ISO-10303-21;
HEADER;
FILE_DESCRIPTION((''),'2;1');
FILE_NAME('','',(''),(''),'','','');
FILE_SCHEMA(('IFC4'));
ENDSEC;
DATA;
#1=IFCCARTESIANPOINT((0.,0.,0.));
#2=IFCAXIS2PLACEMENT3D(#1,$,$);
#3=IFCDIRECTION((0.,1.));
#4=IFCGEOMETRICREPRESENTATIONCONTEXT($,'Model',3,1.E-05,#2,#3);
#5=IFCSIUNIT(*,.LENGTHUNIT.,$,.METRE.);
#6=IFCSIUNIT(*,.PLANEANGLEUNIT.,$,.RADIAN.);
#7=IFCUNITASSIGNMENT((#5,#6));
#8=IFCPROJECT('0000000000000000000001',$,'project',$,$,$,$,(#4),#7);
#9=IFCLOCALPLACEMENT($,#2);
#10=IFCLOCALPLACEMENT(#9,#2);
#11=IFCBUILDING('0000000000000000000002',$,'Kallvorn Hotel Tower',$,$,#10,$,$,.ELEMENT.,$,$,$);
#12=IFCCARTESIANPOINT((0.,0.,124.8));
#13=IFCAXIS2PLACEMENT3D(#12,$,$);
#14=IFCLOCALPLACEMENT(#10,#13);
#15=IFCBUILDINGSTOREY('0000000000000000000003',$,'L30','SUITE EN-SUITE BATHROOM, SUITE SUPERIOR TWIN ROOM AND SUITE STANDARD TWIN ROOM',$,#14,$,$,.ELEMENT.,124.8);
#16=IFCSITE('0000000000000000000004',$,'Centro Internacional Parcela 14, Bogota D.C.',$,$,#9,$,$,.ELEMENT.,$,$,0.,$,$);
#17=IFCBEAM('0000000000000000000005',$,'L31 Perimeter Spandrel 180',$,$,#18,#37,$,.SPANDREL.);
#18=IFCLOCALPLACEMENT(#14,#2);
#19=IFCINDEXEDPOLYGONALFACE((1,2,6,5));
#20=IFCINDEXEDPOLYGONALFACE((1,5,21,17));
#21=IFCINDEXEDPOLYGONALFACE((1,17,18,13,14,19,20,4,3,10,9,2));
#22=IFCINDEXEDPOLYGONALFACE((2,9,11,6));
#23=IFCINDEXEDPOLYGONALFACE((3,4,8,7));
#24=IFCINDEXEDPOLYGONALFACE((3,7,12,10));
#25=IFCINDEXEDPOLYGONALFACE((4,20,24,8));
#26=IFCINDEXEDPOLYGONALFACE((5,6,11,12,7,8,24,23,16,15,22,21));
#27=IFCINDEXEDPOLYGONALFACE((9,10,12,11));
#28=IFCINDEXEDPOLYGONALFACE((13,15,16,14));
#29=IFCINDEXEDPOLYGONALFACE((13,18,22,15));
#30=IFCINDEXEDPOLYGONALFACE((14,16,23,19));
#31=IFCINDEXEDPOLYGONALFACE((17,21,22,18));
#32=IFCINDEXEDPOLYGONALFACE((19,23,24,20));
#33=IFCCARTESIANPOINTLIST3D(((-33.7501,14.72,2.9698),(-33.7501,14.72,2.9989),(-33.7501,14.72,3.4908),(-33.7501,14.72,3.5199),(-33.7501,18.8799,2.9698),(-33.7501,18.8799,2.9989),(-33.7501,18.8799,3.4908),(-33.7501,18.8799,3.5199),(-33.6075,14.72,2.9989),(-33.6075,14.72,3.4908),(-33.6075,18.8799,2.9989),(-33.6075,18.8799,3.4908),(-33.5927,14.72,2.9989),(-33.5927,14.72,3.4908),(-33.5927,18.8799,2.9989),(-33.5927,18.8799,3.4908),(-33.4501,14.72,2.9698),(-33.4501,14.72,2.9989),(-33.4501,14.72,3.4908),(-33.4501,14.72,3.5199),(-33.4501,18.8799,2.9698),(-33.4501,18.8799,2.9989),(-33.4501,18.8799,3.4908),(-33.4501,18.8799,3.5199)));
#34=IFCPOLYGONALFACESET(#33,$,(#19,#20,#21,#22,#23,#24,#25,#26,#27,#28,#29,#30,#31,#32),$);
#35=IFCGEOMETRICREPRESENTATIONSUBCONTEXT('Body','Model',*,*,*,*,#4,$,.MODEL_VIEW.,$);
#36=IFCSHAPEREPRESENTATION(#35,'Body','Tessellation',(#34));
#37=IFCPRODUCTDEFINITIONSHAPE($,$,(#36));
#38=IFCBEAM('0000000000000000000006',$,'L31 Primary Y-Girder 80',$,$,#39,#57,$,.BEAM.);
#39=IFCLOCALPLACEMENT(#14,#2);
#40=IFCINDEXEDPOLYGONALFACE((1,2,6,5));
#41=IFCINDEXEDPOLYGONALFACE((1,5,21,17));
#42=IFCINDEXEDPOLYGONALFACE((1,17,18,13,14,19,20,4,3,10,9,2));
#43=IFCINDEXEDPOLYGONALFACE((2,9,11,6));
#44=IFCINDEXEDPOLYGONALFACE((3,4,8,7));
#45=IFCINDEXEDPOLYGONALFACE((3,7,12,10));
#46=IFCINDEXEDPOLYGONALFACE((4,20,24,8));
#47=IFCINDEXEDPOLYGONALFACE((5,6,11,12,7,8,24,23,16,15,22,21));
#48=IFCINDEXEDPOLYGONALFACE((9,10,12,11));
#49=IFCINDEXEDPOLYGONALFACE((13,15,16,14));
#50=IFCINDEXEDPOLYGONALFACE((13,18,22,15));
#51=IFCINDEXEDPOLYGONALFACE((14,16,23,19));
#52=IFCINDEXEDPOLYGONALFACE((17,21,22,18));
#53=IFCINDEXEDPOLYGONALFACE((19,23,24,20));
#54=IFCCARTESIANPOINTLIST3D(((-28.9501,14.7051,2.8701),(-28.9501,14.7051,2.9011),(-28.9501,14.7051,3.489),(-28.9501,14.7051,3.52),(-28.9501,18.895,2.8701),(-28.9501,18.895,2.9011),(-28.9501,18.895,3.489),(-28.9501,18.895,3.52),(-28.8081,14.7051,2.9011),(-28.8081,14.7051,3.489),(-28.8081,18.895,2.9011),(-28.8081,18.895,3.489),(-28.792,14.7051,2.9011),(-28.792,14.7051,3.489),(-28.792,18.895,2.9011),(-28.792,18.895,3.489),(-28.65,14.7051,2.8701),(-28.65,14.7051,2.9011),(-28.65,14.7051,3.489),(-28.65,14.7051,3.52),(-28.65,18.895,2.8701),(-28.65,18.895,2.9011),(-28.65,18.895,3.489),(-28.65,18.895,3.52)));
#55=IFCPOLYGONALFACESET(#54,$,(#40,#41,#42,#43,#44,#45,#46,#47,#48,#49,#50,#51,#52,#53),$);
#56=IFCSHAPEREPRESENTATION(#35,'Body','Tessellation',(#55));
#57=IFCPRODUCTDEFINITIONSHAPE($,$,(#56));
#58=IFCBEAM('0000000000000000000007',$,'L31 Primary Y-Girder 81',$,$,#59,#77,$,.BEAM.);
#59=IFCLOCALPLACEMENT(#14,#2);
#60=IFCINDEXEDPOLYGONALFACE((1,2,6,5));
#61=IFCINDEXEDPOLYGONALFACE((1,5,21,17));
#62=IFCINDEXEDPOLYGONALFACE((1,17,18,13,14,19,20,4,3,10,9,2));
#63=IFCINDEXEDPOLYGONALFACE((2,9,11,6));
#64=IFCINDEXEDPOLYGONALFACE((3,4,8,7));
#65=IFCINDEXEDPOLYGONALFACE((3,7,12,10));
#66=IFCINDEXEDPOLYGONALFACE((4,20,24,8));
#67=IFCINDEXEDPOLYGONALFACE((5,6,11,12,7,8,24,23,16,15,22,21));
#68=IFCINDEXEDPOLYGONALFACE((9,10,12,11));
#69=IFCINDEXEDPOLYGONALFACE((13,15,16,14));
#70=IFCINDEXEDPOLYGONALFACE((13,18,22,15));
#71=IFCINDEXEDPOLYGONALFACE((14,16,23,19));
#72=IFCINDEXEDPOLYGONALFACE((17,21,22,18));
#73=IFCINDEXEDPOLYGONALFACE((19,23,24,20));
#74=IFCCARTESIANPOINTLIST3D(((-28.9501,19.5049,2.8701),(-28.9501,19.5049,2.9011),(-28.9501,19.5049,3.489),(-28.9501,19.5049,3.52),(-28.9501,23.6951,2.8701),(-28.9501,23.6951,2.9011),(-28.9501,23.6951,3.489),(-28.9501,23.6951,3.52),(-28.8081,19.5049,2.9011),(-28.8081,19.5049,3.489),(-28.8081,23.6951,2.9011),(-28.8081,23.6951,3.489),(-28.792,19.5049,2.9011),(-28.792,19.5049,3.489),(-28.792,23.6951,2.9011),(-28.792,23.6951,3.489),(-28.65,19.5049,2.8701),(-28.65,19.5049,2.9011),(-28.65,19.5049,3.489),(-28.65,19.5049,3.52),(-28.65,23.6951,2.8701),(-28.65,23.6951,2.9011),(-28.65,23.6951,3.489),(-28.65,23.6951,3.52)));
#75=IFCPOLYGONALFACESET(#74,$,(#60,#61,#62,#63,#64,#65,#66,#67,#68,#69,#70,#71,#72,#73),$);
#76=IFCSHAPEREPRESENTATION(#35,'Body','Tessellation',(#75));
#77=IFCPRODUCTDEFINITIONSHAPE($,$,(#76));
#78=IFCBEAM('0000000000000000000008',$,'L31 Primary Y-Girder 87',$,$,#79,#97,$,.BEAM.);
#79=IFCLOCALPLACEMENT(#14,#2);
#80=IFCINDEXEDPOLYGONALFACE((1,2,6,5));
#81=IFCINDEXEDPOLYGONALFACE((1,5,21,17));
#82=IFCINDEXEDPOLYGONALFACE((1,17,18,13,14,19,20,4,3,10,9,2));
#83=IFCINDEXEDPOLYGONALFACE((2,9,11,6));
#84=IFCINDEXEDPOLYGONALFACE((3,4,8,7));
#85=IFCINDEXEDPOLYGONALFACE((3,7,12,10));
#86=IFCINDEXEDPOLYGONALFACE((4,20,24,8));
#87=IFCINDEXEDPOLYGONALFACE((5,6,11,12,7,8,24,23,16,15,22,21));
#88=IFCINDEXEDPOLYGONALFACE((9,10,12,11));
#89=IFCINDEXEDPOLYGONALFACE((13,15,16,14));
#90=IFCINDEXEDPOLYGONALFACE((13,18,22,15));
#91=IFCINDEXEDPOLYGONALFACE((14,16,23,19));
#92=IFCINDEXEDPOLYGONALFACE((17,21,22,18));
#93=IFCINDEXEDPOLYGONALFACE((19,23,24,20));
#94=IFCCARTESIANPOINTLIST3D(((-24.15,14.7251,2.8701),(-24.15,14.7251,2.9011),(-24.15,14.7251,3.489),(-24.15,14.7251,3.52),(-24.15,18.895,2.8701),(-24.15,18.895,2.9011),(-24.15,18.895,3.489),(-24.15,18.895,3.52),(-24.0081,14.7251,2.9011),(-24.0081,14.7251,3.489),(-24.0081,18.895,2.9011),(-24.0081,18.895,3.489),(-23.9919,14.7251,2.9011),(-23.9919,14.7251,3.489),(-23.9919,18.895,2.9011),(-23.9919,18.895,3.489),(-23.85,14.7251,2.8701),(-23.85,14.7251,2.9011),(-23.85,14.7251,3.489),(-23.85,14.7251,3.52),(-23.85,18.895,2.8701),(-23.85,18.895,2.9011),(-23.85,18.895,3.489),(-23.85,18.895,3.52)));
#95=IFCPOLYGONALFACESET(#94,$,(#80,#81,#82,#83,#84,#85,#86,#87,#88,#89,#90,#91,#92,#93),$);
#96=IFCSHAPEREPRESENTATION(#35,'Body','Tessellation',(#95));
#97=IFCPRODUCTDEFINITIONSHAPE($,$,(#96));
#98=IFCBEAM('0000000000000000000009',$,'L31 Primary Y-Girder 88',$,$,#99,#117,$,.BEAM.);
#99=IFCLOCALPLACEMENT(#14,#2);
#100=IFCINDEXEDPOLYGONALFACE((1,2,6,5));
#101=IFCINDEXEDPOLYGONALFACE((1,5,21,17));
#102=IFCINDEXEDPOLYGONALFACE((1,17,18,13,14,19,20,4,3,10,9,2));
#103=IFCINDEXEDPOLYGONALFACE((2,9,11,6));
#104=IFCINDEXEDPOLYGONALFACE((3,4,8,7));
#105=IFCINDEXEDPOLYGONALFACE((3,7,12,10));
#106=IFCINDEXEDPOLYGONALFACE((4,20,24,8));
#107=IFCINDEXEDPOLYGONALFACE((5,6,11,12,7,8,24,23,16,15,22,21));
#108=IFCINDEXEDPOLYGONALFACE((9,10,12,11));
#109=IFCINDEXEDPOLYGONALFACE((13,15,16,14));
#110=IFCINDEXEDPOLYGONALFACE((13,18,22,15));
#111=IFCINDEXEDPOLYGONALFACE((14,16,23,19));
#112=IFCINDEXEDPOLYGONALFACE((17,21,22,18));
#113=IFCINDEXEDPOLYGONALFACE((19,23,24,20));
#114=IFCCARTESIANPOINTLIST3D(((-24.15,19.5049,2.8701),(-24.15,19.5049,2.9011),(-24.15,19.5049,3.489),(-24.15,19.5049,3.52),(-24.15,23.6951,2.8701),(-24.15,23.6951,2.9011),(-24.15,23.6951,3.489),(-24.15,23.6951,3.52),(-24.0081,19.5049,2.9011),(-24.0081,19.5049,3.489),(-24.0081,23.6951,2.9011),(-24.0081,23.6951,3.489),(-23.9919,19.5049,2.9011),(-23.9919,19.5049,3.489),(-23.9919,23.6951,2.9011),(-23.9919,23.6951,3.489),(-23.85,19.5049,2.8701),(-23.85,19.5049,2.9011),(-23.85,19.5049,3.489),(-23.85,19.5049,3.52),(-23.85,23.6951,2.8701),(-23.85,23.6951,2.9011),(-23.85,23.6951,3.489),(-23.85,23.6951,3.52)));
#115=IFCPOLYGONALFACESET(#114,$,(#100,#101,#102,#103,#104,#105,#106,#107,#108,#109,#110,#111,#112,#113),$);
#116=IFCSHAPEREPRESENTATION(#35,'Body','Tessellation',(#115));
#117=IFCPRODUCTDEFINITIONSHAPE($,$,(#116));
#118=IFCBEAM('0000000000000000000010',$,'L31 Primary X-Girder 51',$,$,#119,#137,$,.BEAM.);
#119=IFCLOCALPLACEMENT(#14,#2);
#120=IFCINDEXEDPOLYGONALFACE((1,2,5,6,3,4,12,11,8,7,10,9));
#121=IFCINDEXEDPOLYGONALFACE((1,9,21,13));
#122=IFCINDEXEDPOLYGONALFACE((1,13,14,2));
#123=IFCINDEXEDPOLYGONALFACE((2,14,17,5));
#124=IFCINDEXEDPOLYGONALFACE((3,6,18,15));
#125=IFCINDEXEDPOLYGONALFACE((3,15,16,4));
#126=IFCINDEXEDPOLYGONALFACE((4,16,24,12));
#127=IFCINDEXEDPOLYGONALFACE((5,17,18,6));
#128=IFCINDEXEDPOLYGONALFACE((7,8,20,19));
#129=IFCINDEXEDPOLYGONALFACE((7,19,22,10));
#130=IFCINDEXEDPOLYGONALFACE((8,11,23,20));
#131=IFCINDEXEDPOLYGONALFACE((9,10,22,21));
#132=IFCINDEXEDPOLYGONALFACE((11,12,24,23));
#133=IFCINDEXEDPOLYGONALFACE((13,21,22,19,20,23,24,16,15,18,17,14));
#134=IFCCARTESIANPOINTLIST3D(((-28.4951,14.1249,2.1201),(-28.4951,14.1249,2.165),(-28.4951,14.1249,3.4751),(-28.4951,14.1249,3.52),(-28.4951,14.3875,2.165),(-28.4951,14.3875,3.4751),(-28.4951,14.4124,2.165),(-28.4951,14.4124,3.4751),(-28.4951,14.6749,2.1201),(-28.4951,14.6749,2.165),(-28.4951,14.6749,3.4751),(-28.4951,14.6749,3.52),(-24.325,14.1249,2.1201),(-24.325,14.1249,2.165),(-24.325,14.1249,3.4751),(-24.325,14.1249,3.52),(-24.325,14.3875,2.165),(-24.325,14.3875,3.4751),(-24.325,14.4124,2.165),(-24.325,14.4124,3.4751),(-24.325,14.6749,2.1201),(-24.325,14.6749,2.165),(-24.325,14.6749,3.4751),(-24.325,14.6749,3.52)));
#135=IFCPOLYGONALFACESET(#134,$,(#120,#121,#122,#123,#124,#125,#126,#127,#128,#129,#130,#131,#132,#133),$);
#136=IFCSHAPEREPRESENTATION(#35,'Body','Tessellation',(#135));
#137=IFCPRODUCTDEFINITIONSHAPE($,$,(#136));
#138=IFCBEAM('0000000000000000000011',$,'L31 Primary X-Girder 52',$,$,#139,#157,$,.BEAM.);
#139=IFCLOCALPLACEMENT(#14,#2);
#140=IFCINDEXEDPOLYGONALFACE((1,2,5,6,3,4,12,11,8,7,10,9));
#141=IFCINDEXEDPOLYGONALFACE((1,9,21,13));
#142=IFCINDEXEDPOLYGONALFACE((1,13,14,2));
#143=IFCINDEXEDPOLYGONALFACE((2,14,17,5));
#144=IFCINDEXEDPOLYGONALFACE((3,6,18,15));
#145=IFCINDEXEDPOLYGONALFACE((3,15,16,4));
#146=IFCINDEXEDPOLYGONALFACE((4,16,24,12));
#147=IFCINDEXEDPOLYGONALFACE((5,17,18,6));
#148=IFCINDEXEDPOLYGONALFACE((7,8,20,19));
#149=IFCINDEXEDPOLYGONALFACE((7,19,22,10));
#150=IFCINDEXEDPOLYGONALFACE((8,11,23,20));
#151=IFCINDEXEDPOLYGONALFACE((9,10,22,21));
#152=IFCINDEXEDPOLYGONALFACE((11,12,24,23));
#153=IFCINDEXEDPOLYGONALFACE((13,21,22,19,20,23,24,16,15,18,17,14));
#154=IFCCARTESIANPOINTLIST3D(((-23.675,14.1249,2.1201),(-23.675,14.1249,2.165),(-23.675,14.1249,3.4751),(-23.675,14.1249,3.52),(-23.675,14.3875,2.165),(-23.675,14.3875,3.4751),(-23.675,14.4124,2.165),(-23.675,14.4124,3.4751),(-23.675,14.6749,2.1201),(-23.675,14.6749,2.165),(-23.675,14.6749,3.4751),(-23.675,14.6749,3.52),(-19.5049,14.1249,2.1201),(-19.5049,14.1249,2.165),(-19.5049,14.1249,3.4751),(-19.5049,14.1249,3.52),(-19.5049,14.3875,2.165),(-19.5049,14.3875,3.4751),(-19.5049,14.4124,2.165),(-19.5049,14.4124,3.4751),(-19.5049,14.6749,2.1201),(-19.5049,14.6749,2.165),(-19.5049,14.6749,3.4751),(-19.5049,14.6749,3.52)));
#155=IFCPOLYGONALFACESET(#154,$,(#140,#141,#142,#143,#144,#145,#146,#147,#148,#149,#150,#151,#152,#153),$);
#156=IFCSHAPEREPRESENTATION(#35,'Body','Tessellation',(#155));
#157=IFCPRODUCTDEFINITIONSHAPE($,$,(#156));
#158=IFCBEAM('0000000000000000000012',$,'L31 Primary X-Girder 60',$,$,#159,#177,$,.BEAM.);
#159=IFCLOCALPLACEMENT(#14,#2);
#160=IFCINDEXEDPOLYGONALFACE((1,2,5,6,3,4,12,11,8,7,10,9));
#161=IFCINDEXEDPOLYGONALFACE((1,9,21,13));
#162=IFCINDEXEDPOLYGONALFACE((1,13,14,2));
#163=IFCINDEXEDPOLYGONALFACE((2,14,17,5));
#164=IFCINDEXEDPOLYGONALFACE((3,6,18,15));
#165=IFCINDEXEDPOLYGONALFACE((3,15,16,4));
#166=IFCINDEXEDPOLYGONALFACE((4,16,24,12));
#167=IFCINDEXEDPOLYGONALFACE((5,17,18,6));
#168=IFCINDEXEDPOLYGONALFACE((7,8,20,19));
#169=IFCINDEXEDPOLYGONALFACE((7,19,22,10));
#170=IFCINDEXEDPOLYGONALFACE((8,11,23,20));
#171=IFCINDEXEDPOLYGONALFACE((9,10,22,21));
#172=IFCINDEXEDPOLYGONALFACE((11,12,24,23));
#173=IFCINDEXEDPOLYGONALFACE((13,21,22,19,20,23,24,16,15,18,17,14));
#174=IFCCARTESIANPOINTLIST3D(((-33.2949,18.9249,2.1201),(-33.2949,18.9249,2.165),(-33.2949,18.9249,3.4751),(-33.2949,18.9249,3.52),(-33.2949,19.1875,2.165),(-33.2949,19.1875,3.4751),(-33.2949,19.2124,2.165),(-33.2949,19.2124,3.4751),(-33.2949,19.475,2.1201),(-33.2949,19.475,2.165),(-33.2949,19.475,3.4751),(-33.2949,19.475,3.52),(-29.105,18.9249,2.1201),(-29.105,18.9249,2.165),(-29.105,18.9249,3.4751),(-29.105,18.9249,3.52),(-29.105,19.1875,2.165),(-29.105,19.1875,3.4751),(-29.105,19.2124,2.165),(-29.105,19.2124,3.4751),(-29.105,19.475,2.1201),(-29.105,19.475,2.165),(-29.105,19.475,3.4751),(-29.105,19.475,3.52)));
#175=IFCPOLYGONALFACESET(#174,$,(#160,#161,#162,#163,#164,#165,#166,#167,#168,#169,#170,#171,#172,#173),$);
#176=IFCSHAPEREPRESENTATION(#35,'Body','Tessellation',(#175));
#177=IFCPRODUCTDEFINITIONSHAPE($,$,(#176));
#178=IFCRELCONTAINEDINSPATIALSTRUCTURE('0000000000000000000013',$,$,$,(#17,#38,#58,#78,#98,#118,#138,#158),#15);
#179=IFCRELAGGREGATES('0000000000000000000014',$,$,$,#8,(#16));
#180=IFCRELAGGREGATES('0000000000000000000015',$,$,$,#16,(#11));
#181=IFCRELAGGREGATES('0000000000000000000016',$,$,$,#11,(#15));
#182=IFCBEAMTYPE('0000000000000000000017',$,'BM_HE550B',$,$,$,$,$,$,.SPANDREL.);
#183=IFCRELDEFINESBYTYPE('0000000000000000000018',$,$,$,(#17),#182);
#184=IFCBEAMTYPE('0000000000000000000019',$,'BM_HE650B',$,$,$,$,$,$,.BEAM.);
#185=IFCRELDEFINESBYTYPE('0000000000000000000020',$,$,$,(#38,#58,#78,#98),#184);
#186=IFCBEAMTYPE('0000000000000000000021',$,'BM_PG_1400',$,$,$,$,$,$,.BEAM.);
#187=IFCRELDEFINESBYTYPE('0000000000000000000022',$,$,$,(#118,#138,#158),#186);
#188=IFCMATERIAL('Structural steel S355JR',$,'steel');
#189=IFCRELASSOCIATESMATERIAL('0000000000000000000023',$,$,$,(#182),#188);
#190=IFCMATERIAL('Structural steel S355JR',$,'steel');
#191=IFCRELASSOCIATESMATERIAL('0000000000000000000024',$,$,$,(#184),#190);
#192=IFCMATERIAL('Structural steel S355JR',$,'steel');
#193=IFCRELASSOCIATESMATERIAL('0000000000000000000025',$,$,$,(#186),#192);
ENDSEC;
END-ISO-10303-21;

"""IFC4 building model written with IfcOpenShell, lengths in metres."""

from ifc_helpers import new_model, si_unit, direction, frame, origin, origin_2d, place, context, subcontext, project, spatial, i_section, extrude, material, material_profile, profile_set, type_object, element, save


model = new_model("IFC4")

# Units and contexts
model_context = context("Model", 3, precision=1e-05, world=origin(), true_north=direction((0.0, 1.0)))
body_context = subcontext(model_context, "Body", "Model", "MODEL_VIEW")
ifc_project = project(units=[si_unit("LENGTHUNIT", "METRE"), si_unit("PLANEANGLEUNIT", "RADIAN")], contexts=[model_context])

# Site, building, storey
site_placement = place(None, origin())
site = spatial("IfcSite", under=ifc_project, at=site_placement, Name="Centro Internacional Parcela 14, Bogota D.C.", CompositionType="ELEMENT", RefElevation=0.0)
building_placement = place(site_placement, origin())
building = spatial("IfcBuilding", under=site, at=building_placement, Name="Kallvorn Hotel Tower", CompositionType="ELEMENT")
storey_placement = place(building_placement, frame((0.0, 0.0, 124.8)))
storey = spatial("IfcBuildingStorey", under=building, at=storey_placement, Name="L30", Description="SUITE EN-SUITE BATHROOM, SUITE SUPERIOR TWIN ROOM AND SUITE STANDARD TWIN ROOM", CompositionType="ELEMENT", Elevation=124.8)

# Beams
ifc_material_1 = material(Name="Structural steel S355JR", Category="steel")
ifc_material_profile_1 = material_profile(ifc_material_1, i_section(OverallWidth=0.3, OverallDepth=0.55, WebThickness=0.0149, FlangeThickness=0.0291, at=origin_2d()), Name="HE 550 B")
ifc_profile_set_1 = profile_set([ifc_material_profile_1], Name="Structural steel S355JR")
beam_type_1 = type_object("IfcBeamType", Name="BM_HE550B", PredefinedType="SPANDREL", material=ifc_profile_set_1)
for number, where, z_axis, x_axis, name in (
    (1, (-33.6001, 14.72, 3.2449), (0.0, 1.0, 0.0), (-1.0, 0.0, 0.0), "L31 Perimeter Spandrel 180"),
):
    element("IfcBeam", number, at=place(storey_placement, frame(where, z_axis=z_axis, x_axis=x_axis)), inside=storey, type_object=beam_type_1, Name=name, PredefinedType="SPANDREL", context=body_context, shape_type="SweptSolid", body=[
        extrude(i_section(OverallWidth=0.3, OverallDepth=0.55, WebThickness=0.0149, FlangeThickness=0.0291, at=origin_2d()), origin(), (0.0, 0.0, 1.0), 4.1599),
    ])
ifc_material_2 = material(Name="Structural steel S355JR", Category="steel")
ifc_material_profile_2 = material_profile(ifc_material_2, i_section(OverallWidth=0.3, OverallDepth=0.6499, WebThickness=0.0161, FlangeThickness=0.031, at=origin_2d()), Name="HE 650 B")
ifc_profile_set_2 = profile_set([ifc_material_profile_2], Name="Structural steel S355JR")
beam_type_2 = type_object("IfcBeamType", Name="BM_HE650B", PredefinedType="BEAM", material=ifc_profile_set_2)
beam_1_placement = place(storey_placement, frame((-28.8, 14.7051, 3.1951), z_axis=(0.0, 1.0, 0.0), x_axis=(-1.0, 0.0, 0.0)))
element("IfcBeam", 2, at=beam_1_placement, inside=storey, type_object=beam_type_2, Name="L31 Primary Y-Girder 80", PredefinedType="BEAM", context=body_context, shape_type="SweptSolid", body=[
    extrude(i_section(OverallWidth=0.3, OverallDepth=0.6499, WebThickness=0.0161, FlangeThickness=0.031, at=origin_2d()), origin(), (0.0, 0.0, 1.0), 4.1899),
])
beam_2_placement = place(storey_placement, frame((-28.8, 19.5049, 3.1951), z_axis=(0.0, 1.0, 0.0), x_axis=(-1.0, 0.0, 0.0)))
element("IfcBeam", 3, at=beam_2_placement, inside=storey, type_object=beam_type_2, Name="L31 Primary Y-Girder 81", PredefinedType="BEAM", context=body_context, shape_type="SweptSolid", body=[
    extrude(i_section(OverallWidth=0.3, OverallDepth=0.6499, WebThickness=0.0161, FlangeThickness=0.031, at=origin_2d()), origin(), (0.0, 0.0, 1.0), 4.1902),
])
beam_3_placement = place(storey_placement, frame((-24.0, 14.7251, 3.1951), z_axis=(0.0, 1.0, 0.0), x_axis=(-1.0, 0.0, 0.0)))
element("IfcBeam", 4, at=beam_3_placement, inside=storey, type_object=beam_type_2, Name="L31 Primary Y-Girder 87", PredefinedType="BEAM", context=body_context, shape_type="SweptSolid", body=[
    extrude(i_section(OverallWidth=0.3, OverallDepth=0.6499, WebThickness=0.0161, FlangeThickness=0.031, at=origin_2d()), origin(), (0.0, 0.0, 1.0), 4.1699),
])
beam_4_placement = place(storey_placement, frame((-24.0, 19.5049, 3.1951), z_axis=(0.0, 1.0, 0.0), x_axis=(-1.0, 0.0, 0.0)))
element("IfcBeam", 5, at=beam_4_placement, inside=storey, type_object=beam_type_2, Name="L31 Primary Y-Girder 88", PredefinedType="BEAM", context=body_context, shape_type="SweptSolid", body=[
    extrude(i_section(OverallWidth=0.3, OverallDepth=0.6499, WebThickness=0.0161, FlangeThickness=0.031, at=origin_2d()), origin(), (0.0, 0.0, 1.0), 4.1902),
])
ifc_material_3 = material(Name="Structural steel S355JR", Category="steel")
ifc_material_profile_3 = material_profile(ifc_material_3, i_section(OverallWidth=0.55, OverallDepth=1.3999, WebThickness=0.0249, FlangeThickness=0.0449, at=origin_2d()), Name="PG 1400x550x25x45")
ifc_profile_set_3 = profile_set([ifc_material_profile_3], Name="Structural steel S355JR")
beam_type_3 = type_object("IfcBeamType", Name="BM_PG_1400", PredefinedType="BEAM", material=ifc_profile_set_3)
for number, where, z_axis, x_axis, name in (
    (6, (-28.4951, 14.3999, 2.8201), (1.0, 0.0, 0.0), (0.0, 1.0, 0.0), "L31 Primary X-Girder 51"),
    (7, (-23.675, 14.3999, 2.8201), (1.0, 0.0, 0.0), (0.0, 1.0, 0.0), "L31 Primary X-Girder 52"),
):
    element("IfcBeam", number, at=place(storey_placement, frame(where, z_axis=z_axis, x_axis=x_axis)), inside=storey, type_object=beam_type_3, Name=name, PredefinedType="BEAM", context=body_context, shape_type="SweptSolid", body=[
        extrude(i_section(OverallWidth=0.55, OverallDepth=1.3999, WebThickness=0.0249, FlangeThickness=0.0449, at=origin_2d()), origin(), (0.0, 0.0, 1.0), 4.1702),
    ])
beam_5_placement = place(storey_placement, frame((-33.2949, 19.2, 2.8201), z_axis=(1.0, 0.0, 0.0), x_axis=(0.0, 1.0, 0.0)))
element("IfcBeam", 8, at=beam_5_placement, inside=storey, type_object=beam_type_3, Name="L31 Primary X-Girder 60", PredefinedType="BEAM", context=body_context, shape_type="SweptSolid", body=[
    extrude(i_section(OverallWidth=0.55, OverallDepth=1.3999, WebThickness=0.0249, FlangeThickness=0.0449, at=origin_2d()), origin(), (0.0, 0.0, 1.0), 4.1899),
])

save(model, "model.ifc")
